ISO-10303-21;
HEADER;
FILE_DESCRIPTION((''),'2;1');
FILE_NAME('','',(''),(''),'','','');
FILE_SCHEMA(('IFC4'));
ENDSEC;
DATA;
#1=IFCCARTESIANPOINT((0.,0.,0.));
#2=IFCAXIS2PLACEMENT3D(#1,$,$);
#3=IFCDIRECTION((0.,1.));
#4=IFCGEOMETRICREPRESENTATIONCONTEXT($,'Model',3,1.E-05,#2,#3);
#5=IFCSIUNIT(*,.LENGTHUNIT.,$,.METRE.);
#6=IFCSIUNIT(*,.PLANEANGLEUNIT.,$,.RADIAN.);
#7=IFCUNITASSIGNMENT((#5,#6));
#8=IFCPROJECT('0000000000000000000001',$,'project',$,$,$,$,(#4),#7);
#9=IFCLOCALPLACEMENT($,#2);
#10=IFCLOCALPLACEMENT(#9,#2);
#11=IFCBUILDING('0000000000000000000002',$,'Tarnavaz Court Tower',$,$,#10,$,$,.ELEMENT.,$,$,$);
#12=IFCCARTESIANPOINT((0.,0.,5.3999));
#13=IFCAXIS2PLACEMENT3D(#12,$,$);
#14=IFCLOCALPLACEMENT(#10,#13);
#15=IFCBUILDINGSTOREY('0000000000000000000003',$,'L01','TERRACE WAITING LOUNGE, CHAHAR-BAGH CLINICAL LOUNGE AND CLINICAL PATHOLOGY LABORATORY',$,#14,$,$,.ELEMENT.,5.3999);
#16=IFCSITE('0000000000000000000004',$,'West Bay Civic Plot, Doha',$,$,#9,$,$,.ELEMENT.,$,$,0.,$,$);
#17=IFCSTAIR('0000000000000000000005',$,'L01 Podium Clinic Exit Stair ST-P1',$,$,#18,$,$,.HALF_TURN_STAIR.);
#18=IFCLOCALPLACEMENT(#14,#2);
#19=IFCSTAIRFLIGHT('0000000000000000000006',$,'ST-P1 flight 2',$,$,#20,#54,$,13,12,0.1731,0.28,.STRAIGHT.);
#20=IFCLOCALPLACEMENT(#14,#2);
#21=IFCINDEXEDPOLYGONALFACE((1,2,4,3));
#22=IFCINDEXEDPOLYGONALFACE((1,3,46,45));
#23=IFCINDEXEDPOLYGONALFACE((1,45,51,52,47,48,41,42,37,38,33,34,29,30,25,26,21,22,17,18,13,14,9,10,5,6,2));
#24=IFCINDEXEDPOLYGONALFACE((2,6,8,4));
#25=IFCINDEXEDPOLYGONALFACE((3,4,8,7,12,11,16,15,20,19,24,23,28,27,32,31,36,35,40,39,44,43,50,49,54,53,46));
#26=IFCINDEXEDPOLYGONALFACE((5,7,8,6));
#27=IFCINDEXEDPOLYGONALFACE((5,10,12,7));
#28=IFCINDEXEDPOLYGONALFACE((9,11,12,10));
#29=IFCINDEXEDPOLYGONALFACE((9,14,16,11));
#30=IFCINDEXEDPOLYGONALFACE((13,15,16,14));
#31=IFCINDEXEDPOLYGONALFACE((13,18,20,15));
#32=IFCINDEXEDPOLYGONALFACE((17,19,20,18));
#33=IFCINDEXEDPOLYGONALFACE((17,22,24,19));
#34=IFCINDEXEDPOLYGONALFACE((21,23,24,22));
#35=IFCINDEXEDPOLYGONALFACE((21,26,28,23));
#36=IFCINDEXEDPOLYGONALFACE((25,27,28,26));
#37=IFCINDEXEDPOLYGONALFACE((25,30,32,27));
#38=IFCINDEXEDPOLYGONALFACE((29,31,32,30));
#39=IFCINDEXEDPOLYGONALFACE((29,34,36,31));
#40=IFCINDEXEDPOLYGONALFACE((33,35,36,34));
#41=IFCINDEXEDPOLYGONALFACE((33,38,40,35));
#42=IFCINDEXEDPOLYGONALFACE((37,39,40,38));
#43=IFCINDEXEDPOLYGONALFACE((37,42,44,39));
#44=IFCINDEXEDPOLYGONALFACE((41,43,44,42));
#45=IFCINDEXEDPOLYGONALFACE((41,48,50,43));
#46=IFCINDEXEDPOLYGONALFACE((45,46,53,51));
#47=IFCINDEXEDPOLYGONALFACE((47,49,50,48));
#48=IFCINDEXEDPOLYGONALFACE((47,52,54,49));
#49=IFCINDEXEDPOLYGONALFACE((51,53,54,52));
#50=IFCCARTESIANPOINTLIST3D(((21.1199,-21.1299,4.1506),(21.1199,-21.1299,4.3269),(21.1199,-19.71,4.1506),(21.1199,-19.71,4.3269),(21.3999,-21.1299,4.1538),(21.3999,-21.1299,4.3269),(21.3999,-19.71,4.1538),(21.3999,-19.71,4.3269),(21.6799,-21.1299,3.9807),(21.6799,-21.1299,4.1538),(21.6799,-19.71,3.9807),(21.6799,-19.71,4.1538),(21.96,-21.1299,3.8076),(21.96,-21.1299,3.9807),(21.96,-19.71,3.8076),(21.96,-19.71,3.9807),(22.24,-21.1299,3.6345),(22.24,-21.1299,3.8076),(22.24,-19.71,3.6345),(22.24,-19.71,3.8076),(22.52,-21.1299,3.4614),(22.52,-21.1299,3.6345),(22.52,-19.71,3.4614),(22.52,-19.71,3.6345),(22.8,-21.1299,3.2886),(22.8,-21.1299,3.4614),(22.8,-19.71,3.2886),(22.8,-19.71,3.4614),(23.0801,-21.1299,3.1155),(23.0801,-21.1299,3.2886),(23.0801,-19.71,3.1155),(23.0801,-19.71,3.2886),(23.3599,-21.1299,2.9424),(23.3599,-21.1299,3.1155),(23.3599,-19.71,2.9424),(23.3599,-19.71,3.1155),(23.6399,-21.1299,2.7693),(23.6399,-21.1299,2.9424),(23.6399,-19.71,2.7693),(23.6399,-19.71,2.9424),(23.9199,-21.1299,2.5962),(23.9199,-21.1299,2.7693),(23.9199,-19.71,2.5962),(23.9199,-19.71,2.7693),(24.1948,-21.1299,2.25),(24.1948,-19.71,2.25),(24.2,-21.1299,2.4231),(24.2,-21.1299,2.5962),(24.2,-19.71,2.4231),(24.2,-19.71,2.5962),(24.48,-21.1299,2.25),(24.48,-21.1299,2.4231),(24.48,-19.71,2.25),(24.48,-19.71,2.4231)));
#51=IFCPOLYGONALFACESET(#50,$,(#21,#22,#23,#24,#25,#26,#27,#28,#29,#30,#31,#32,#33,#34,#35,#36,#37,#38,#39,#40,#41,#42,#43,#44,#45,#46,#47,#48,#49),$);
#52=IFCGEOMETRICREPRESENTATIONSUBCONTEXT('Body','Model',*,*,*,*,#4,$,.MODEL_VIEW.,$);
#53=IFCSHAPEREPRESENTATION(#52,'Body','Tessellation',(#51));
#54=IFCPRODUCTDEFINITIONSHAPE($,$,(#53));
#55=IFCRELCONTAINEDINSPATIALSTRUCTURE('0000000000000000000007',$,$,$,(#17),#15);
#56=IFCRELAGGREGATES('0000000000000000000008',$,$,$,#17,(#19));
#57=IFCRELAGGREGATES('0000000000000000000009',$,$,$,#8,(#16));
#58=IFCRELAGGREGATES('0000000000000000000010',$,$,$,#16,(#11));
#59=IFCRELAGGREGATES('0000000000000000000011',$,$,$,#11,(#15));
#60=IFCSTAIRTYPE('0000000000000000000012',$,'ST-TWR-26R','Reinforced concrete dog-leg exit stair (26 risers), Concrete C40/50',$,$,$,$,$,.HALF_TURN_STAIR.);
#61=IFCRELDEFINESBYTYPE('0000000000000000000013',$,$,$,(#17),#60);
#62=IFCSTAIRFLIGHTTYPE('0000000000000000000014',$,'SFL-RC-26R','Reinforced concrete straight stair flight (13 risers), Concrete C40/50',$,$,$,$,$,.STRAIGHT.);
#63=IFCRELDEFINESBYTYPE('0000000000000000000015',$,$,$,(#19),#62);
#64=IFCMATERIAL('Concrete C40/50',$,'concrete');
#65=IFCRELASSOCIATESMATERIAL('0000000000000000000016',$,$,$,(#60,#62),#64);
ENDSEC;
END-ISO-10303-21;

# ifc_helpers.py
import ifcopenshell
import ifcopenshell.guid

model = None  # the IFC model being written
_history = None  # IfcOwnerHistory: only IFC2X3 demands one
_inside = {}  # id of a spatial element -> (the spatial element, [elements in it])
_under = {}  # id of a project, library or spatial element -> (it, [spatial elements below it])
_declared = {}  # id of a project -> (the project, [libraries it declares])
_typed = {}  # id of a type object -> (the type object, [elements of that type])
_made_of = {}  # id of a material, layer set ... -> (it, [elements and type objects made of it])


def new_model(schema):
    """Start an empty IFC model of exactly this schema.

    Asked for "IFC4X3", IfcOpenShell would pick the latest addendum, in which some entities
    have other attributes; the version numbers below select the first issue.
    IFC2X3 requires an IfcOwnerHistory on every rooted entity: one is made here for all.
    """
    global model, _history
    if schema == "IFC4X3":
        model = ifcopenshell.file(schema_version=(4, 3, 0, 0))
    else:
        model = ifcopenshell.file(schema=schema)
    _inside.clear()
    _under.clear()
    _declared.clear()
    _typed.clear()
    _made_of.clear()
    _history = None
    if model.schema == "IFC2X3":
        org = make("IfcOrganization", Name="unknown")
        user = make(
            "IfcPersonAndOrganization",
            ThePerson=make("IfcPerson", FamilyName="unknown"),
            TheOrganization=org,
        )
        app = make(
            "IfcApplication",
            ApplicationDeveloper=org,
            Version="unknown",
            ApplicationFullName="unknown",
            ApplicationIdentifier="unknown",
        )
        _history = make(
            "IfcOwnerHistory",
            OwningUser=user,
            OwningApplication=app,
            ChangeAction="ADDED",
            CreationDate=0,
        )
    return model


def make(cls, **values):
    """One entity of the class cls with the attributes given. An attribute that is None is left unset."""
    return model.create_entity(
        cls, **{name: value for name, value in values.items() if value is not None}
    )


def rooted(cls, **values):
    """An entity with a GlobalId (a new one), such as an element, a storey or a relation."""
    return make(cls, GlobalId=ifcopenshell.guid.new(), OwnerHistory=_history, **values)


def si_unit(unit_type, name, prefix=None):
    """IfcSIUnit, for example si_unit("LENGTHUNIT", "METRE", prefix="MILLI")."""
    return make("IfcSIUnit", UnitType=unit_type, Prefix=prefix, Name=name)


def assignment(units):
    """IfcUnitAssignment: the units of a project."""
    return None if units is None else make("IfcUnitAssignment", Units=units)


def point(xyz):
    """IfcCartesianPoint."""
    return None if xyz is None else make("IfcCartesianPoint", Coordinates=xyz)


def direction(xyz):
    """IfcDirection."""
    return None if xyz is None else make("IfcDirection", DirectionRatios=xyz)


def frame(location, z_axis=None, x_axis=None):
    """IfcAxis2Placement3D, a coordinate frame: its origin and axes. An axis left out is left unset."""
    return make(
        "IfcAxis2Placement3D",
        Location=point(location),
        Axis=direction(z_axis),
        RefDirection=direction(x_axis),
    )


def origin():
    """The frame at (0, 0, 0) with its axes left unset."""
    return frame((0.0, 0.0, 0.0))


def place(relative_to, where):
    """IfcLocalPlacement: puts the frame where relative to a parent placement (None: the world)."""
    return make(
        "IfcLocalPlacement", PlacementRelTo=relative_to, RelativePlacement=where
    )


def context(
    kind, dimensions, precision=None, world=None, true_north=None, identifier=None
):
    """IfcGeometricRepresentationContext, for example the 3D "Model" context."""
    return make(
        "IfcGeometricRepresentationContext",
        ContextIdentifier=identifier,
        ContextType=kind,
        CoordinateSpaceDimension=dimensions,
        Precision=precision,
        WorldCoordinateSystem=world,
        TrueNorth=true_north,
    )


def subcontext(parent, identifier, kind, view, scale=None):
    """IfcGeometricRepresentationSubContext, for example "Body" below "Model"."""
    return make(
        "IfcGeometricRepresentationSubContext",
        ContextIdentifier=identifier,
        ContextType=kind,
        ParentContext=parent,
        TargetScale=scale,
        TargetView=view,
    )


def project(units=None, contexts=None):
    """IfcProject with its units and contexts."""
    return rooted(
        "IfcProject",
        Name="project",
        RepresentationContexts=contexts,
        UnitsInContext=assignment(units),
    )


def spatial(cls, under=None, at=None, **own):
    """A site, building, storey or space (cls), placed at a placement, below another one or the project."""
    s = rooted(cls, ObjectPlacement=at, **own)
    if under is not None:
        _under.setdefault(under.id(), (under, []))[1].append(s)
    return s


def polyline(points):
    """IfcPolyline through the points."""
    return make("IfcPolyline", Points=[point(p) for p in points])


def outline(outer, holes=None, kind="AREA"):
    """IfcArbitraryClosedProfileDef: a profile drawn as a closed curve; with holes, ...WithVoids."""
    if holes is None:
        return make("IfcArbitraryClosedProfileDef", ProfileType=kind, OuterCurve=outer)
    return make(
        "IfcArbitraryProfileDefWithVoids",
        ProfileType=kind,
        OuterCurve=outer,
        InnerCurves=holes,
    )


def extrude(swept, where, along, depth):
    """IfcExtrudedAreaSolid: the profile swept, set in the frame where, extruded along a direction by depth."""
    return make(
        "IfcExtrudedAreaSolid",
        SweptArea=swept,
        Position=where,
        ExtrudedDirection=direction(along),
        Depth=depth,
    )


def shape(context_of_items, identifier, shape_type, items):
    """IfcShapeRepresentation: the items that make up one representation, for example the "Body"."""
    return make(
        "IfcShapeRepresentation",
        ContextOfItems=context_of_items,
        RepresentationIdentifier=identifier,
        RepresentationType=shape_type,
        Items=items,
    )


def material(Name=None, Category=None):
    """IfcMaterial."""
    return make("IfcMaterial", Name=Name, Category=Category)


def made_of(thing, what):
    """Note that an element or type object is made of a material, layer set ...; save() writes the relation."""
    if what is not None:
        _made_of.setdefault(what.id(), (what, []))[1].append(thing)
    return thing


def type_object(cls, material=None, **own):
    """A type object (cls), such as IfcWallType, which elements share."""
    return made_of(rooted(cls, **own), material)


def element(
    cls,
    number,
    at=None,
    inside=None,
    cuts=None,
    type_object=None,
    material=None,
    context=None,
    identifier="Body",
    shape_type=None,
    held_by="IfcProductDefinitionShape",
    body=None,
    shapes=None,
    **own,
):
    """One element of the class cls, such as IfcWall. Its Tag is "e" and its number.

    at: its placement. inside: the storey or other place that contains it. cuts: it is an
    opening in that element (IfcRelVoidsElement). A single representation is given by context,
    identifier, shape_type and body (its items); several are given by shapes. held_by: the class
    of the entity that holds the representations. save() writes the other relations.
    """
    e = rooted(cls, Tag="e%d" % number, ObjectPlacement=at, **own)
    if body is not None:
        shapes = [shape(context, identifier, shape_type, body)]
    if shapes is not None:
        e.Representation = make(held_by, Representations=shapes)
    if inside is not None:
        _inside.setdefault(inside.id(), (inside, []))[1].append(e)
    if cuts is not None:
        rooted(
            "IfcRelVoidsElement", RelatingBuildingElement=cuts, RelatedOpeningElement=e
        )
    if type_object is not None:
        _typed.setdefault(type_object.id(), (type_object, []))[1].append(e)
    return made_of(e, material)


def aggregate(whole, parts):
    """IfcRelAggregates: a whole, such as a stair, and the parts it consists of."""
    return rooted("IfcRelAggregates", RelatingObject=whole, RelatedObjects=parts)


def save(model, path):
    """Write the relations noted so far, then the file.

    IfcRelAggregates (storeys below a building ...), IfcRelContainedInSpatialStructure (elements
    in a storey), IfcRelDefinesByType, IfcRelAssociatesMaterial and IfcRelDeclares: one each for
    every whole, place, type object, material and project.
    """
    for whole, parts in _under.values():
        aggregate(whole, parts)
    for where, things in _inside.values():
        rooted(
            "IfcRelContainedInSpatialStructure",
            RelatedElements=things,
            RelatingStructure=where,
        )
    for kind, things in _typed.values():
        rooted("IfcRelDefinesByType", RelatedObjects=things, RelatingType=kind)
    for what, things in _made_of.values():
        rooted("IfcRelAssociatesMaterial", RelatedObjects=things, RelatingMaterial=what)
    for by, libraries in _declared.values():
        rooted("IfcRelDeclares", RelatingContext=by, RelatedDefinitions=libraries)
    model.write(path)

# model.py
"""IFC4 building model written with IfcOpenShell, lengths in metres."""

from ifc_helpers import new_model, si_unit, direction, frame, origin, place, context, subcontext, project, spatial, polyline, outline, extrude, material, type_object, element, aggregate, save


model = new_model("IFC4")

# Units and contexts
model_context = context("Model", 3, precision=1e-05, world=origin(), true_north=direction((0.0, 1.0)))
body_context = subcontext(model_context, "Body", "Model", "MODEL_VIEW")
ifc_project = project(units=[si_unit("LENGTHUNIT", "METRE"), si_unit("PLANEANGLEUNIT", "RADIAN")], contexts=[model_context])

# Site, building, storey
site_placement = place(None, origin())
site = spatial("IfcSite", under=ifc_project, at=site_placement, Name="West Bay Civic Plot, Doha", CompositionType="ELEMENT", RefElevation=0.0)
building_placement = place(site_placement, origin())
building = spatial("IfcBuilding", under=site, at=building_placement, Name="Tarnavaz Court Tower", CompositionType="ELEMENT")
storey_placement = place(building_placement, frame((0.0, 0.0, 5.3999)))
storey = spatial("IfcBuildingStorey", under=building, at=storey_placement, Name="L01", Description="TERRACE WAITING LOUNGE, CHAHAR-BAGH CLINICAL LOUNGE AND CLINICAL PATHOLOGY LABORATORY", CompositionType="ELEMENT", Elevation=5.3999)

# Stair, stair flight
ifc_material_1 = material(Name="Concrete C40/50", Category="concrete")
stair_type = type_object("IfcStairType", Name="ST-TWR-26R", Description="Reinforced concrete dog-leg exit stair (26 risers), Concrete C40/50", PredefinedType="HALF_TURN_STAIR", material=ifc_material_1)
stair_placement = place(storey_placement, origin())
stair = element("IfcStair", 1, at=stair_placement, inside=storey, type_object=stair_type, Name="L01 Podium Clinic Exit Stair ST-P1", PredefinedType="HALF_TURN_STAIR")
stair_flight_type = type_object("IfcStairFlightType", Name="SFL-RC-26R", Description="Reinforced concrete straight stair flight (13 risers), Concrete C40/50", PredefinedType="STRAIGHT", material=ifc_material_1)
stair_flight_1_placement = place(storey_placement, frame((24.48, -20.4199, 2.25), z_axis=(0.0, 0.0, 1.0), x_axis=(-1.0, 0.0, 0.0)))
stair_flight_1 = element("IfcStairFlight", 2, at=stair_flight_1_placement, type_object=stair_flight_type, Name="ST-P1 flight 2", NumberOfRisers=13, NumberOfTreads=12, PredefinedType="STRAIGHT", RiserHeight=0.1731, TreadLength=0.28, context=body_context, shape_type="SweptSolid", body=[
    extrude(outline(polyline([(0.0, 0.0), (0.0, 0.1731), (0.28, 0.1731), (0.28, 0.3462), (0.5601, 0.3462), (0.5601, 0.5193), (0.8401, 0.5193), (0.8401, 0.6924), (1.1201, 0.6924), (1.1201, 0.8655), (1.3999, 0.8655), (1.3999, 1.0386), (1.6799, 1.0386), (1.6799, 1.2114), (1.96, 1.2114), (1.96, 1.3845), (2.24, 1.3845), (2.24, 1.5576), (2.52, 1.5576), (2.52, 1.7307), (2.8, 1.7307), (2.8, 1.9038), (3.0801, 1.9038), (3.0801, 2.0769), (3.3601, 2.0769), (3.3601, 2.25), (3.3601, 1.9006), (0.2852, 0.0), (0.0, 0.0)])), frame((0.0, 0.71, 0.0), z_axis=(0.0, -1.0, 0.0), x_axis=(1.0, 0.0, 0.0)), (0.0, 0.0, 1.0), 1.4199),
])
aggregate(stair, [stair_flight_1])

save(model, "model.ifc")
